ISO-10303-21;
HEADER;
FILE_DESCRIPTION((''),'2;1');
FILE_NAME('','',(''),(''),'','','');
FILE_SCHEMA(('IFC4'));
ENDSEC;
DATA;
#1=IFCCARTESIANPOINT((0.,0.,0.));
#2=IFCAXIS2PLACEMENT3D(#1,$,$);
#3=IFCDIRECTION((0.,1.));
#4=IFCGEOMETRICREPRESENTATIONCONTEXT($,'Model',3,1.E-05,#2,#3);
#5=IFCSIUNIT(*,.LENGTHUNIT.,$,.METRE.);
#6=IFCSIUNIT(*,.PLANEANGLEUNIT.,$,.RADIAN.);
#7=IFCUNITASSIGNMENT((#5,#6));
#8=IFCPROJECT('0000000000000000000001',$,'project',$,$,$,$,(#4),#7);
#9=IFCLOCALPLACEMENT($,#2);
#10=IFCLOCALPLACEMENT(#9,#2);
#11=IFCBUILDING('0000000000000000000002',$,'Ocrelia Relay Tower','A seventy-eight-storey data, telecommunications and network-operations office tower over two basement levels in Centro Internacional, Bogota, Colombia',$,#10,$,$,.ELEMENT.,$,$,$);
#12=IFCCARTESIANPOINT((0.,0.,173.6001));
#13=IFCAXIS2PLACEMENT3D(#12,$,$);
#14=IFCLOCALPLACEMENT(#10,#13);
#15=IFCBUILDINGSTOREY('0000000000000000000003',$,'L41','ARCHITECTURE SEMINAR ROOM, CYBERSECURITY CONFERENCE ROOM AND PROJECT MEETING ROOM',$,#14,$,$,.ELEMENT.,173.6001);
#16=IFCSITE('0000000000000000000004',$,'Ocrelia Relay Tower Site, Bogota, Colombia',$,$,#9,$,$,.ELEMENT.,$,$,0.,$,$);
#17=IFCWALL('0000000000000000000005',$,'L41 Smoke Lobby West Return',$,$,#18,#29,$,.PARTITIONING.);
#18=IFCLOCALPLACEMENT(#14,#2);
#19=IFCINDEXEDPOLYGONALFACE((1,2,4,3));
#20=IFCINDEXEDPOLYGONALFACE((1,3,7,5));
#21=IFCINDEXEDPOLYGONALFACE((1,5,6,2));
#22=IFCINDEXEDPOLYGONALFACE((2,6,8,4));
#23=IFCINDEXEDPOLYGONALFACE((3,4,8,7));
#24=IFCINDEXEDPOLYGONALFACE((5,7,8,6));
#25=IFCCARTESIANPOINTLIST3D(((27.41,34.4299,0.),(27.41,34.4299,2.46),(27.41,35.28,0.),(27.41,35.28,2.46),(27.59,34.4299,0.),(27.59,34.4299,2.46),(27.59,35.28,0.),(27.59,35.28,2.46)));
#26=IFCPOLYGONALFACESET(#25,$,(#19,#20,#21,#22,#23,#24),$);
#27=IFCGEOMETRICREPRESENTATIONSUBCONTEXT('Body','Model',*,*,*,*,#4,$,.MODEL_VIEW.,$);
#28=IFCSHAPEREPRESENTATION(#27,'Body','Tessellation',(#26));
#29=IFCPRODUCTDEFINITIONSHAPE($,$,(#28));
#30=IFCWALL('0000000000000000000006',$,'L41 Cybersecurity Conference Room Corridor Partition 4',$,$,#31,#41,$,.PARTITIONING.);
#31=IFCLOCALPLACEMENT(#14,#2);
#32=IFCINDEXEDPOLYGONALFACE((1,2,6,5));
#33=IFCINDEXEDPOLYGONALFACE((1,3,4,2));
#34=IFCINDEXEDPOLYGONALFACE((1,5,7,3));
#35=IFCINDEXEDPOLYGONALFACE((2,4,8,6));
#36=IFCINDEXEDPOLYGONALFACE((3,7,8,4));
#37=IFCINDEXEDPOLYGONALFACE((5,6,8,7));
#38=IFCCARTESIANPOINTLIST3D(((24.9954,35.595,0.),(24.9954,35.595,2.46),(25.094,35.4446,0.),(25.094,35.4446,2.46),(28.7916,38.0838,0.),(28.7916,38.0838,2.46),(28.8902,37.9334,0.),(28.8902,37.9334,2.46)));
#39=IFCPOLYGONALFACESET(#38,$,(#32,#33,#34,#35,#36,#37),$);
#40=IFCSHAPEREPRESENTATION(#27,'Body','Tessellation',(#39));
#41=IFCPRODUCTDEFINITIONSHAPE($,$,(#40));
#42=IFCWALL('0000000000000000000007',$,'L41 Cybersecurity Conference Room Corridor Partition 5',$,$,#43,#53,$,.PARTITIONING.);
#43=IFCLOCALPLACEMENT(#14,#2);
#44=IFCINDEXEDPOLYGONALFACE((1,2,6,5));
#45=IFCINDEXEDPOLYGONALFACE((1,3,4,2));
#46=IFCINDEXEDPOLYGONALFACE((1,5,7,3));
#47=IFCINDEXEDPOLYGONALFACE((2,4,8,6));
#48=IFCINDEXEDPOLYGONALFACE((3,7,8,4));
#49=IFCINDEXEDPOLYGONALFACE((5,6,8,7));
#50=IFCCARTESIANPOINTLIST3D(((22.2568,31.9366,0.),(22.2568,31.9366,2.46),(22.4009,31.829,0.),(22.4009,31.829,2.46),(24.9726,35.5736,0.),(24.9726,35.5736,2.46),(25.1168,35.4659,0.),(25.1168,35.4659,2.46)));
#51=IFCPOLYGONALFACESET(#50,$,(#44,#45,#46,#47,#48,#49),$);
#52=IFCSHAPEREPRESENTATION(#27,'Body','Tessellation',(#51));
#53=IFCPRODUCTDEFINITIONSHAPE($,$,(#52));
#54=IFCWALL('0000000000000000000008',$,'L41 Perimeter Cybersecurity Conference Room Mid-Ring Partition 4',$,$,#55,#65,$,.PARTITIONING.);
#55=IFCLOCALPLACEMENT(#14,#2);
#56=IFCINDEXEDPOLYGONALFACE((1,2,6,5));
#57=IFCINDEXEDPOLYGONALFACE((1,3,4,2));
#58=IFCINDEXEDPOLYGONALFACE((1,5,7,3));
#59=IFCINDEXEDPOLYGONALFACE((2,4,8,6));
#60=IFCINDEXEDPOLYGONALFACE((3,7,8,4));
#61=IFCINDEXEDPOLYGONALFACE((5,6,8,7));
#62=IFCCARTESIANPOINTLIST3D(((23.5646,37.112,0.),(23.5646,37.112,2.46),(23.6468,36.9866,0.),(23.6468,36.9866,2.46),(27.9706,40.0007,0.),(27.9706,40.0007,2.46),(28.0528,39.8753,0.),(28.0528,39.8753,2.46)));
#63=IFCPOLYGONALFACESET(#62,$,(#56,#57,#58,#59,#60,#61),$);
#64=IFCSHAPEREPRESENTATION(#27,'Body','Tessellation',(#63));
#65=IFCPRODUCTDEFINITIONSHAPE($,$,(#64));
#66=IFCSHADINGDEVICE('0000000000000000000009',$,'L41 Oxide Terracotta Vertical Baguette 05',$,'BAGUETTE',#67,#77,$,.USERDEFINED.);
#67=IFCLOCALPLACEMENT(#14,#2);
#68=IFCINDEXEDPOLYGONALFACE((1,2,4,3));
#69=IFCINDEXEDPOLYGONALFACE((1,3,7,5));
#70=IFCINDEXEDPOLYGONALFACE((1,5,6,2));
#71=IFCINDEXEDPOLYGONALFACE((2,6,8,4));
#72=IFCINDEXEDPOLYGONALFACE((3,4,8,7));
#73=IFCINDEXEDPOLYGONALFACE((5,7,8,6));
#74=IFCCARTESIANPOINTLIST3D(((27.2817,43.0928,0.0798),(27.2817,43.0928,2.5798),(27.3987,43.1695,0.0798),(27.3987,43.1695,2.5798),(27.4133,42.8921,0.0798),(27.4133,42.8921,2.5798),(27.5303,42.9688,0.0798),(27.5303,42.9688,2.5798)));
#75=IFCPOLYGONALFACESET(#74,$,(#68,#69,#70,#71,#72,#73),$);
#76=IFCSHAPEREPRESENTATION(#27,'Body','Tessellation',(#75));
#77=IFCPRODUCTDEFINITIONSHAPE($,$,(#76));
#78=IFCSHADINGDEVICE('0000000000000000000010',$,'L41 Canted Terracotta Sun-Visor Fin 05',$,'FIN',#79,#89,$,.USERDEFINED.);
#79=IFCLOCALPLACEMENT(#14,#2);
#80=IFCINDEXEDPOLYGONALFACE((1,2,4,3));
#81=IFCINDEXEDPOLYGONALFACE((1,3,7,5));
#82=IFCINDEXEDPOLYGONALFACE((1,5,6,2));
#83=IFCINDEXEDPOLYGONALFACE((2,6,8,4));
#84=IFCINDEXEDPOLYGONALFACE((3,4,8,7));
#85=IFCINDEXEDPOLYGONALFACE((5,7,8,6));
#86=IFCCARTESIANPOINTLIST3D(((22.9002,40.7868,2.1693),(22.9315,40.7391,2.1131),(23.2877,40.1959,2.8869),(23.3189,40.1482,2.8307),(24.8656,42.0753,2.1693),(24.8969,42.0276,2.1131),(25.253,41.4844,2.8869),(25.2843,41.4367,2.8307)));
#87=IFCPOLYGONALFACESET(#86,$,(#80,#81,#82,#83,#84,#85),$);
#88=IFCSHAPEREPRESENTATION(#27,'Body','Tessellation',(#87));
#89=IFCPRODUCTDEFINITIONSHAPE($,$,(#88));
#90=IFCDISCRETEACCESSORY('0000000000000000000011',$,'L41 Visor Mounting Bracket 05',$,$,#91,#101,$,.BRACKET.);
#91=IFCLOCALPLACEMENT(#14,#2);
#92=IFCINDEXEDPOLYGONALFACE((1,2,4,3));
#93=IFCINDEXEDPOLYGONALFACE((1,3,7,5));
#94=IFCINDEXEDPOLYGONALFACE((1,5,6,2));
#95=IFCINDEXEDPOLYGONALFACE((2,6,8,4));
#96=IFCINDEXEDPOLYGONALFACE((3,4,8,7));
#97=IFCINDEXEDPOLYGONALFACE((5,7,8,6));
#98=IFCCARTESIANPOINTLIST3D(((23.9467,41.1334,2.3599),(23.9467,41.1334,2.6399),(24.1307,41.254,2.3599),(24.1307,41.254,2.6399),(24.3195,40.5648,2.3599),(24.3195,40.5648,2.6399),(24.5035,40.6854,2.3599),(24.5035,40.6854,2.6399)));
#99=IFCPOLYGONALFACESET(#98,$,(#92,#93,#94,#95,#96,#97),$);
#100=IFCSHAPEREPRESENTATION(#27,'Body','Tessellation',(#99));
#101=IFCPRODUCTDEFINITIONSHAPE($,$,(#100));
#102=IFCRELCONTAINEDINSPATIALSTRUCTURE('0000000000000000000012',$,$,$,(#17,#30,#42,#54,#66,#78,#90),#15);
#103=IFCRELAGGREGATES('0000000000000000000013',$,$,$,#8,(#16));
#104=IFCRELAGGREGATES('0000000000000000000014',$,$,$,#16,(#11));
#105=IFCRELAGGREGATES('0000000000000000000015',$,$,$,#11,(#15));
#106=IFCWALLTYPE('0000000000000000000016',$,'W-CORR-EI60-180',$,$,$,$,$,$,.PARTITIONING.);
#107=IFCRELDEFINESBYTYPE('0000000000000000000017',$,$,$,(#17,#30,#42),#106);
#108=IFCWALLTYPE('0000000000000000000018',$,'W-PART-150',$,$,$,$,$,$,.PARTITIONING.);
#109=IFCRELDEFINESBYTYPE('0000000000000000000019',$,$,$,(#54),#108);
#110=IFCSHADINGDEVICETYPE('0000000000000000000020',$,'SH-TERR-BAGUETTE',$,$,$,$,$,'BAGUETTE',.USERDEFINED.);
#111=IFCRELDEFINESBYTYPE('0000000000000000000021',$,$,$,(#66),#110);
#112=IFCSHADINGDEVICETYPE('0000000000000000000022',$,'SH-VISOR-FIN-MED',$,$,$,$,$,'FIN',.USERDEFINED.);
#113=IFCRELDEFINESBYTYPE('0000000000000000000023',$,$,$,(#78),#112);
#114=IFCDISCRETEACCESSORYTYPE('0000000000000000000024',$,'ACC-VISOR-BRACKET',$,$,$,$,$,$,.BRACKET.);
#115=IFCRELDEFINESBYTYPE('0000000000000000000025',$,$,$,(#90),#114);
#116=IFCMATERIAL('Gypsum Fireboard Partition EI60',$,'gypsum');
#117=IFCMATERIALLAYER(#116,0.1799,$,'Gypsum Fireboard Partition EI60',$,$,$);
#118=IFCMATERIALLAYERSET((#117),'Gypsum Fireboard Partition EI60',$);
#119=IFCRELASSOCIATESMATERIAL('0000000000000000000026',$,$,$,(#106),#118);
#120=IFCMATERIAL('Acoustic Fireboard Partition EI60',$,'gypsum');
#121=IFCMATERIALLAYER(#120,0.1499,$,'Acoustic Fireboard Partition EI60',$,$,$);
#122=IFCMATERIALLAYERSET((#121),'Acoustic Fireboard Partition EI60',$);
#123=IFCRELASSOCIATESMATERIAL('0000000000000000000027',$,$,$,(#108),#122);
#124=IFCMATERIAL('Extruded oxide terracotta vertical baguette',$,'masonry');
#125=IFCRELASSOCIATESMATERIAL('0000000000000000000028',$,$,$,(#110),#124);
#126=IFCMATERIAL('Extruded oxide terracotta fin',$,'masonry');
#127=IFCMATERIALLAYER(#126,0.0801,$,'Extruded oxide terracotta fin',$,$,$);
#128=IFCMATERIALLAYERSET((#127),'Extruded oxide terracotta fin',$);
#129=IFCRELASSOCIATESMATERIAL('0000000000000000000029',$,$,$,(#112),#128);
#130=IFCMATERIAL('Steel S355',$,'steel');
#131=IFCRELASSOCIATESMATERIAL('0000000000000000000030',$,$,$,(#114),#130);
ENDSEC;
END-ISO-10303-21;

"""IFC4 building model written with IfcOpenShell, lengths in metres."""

from ifc_helpers import new_model, si_unit, direction, frame, frame_2d, origin, origin_2d, place, context, subcontext, project, spatial, rectangle, extrude, material, layer, layer_set, type_object, element, save


model = new_model("IFC4")

# Units and contexts
model_context = context("Model", 3, precision=1e-05, world=origin(), true_north=direction((0.0, 1.0)))
body_context = subcontext(model_context, "Body", "Model", "MODEL_VIEW")
ifc_project = project(units=[si_unit("LENGTHUNIT", "METRE"), si_unit("PLANEANGLEUNIT", "RADIAN")], contexts=[model_context])

# Site, building, storey
site_placement = place(None, origin())
site = spatial("IfcSite", under=ifc_project, at=site_placement, Name="Ocrelia Relay Tower Site, Bogota, Colombia", CompositionType="ELEMENT", RefElevation=0.0)
building_placement = place(site_placement, origin())
building = spatial("IfcBuilding", under=site, at=building_placement, Name="Ocrelia Relay Tower", Description="A seventy-eight-storey data, telecommunications and network-operations office tower over two basement levels in Centro Internacional, Bogota, Colombia", CompositionType="ELEMENT")
storey_placement = place(building_placement, frame((0.0, 0.0, 173.6001)))
storey = spatial("IfcBuildingStorey", under=building, at=storey_placement, Name="L41", Description="ARCHITECTURE SEMINAR ROOM, CYBERSECURITY CONFERENCE ROOM AND PROJECT MEETING ROOM", CompositionType="ELEMENT", Elevation=173.6001)

# Shared definitions
ifc_material_1 = material(Name="Steel S355", Category="steel")

# Wall
ifc_material_2 = material(Name="Gypsum Fireboard Partition EI60", Category="gypsum")
ifc_layer_1 = layer(ifc_material_2, 0.1799, Name="Gypsum Fireboard Partition EI60")
ifc_layer_set_1 = layer_set([ifc_layer_1], Name="Gypsum Fireboard Partition EI60")
wall_type_1 = type_object("IfcWallType", Name="W-CORR-EI60-180", PredefinedType="PARTITIONING", material=ifc_layer_set_1)
wall_1_placement = place(storey_placement, frame((27.5, 34.4299, 0.0), z_axis=(0.0, 0.0, 1.0), x_axis=(0.0, 1.0, 0.0)))
element("IfcWall", 1, at=wall_1_placement, inside=storey, type_object=wall_type_1, Name="L41 Smoke Lobby West Return", PredefinedType="PARTITIONING", context=body_context, shape_type="SweptSolid", body=[
    extrude(rectangle(XDim=0.8501, YDim=0.1799, at=frame_2d((0.425, 0.0))), origin(), (0.0, 0.0, 1.0), 2.46),
])

# Walls
wall_2_placement = place(storey_placement, frame((28.8408, 38.0085, 0.0), z_axis=(0.0, 0.0, 1.0), x_axis=(-0.836295, -0.548279, 0.0)))
element("IfcWall", 2, at=wall_2_placement, inside=storey, type_object=wall_type_1, Name="L41 Cybersecurity Conference Room Corridor Partition 4", PredefinedType="PARTITIONING", context=body_context, shape_type="SweptSolid", body=[
    extrude(rectangle(XDim=4.5393, YDim=0.1799, at=frame_2d((2.2695, 0.0))), origin(), (0.0, 0.0, 1.0), 2.46),
])
wall_3_placement = place(storey_placement, frame((25.0447, 35.5198, 0.0), z_axis=(0.0, 0.0, 1.0), x_axis=(-0.598321, -0.801257, 0.0)))
element("IfcWall", 3, at=wall_3_placement, inside=storey, type_object=wall_type_1, Name="L41 Cybersecurity Conference Room Corridor Partition 5", PredefinedType="PARTITIONING", context=body_context, shape_type="SweptSolid", body=[
    extrude(rectangle(XDim=4.5391, YDim=0.1799, at=frame_2d((2.2695, 0.0))), origin(), (0.0, 0.0, 1.0), 2.46),
])

# Wall
ifc_material_3 = material(Name="Acoustic Fireboard Partition EI60", Category="gypsum")
ifc_layer_2 = layer(ifc_material_3, 0.1499, Name="Acoustic Fireboard Partition EI60")
ifc_layer_set_2 = layer_set([ifc_layer_2], Name="Acoustic Fireboard Partition EI60")
wall_type_2 = type_object("IfcWallType", Name="W-PART-150", PredefinedType="PARTITIONING", material=ifc_layer_set_2)
wall_4_placement = place(storey_placement, frame((28.0117, 39.938, 0.0), z_axis=(0.0, 0.0, 1.0), x_axis=(-0.836289, -0.548289, 0.0)))
element("IfcWall", 4, at=wall_4_placement, inside=storey, type_object=wall_type_2, Name="L41 Perimeter Cybersecurity Conference Room Mid-Ring Partition 4", PredefinedType="PARTITIONING", context=body_context, shape_type="SweptSolid", body=[
    extrude(rectangle(XDim=5.2686, YDim=0.1499, at=frame_2d((2.6343, 0.0))), origin(), (0.0, 0.0, 1.0), 2.46),
])

# Shading devices
ifc_material_4 = material(Name="Extruded oxide terracotta vertical baguette", Category="masonry")
shading_device_type_1 = type_object("IfcShadingDeviceType", Name="SH-TERR-BAGUETTE", ElementType="BAGUETTE", PredefinedType="USERDEFINED", material=ifc_material_4)
shading_device_1_placement = place(storey_placement, frame((27.406, 43.0308, 0.0798), z_axis=(0.0, 0.0, 1.0), x_axis=(-0.836289, -0.548289, 0.0)))
element("IfcShadingDevice", 5, at=shading_device_1_placement, inside=storey, type_object=shading_device_type_1, Name="L41 Oxide Terracotta Vertical Baguette 05", ObjectType="BAGUETTE", PredefinedType="USERDEFINED", context=body_context, shape_type="SweptSolid", body=[
    extrude(rectangle(XDim=0.1399, YDim=0.24, at=origin_2d()), origin(), (0.0, 0.0, 1.0), 2.5),
])
ifc_material_5 = material(Name="Extruded oxide terracotta fin", Category="masonry")
ifc_layer_3 = layer(ifc_material_5, 0.0801, Name="Extruded oxide terracotta fin")
ifc_layer_set_3 = layer_set([ifc_layer_3], Name="Extruded oxide terracotta fin")
shading_device_type_2 = type_object("IfcShadingDeviceType", Name="SH-VISOR-FIN-MED", ElementType="FIN", PredefinedType="USERDEFINED", material=ifc_layer_set_3)
shading_device_2_placement = place(storey_placement, frame((24.1079, 41.0879, 2.4719), z_axis=(-0.390665, 0.595869, 0.701656), x_axis=(-0.836289, -0.548289, 0.0)))
element("IfcShadingDevice", 6, at=shading_device_2_placement, inside=storey, type_object=shading_device_type_2, Name="L41 Canted Terracotta Sun-Visor Fin 05", ObjectType="FIN", PredefinedType="USERDEFINED", context=body_context, shape_type="SweptSolid", body=[
    extrude(rectangle(XDim=2.3501, YDim=1.0071, at=origin_2d()), origin(), (0.0, 0.0, 1.0), 0.0801),
])

# Discrete accessory
discrete_accessory_type = type_object("IfcDiscreteAccessoryType", Name="ACC-VISOR-BRACKET", PredefinedType="BRACKET", material=ifc_material_1)
discrete_accessory_placement = place(storey_placement, frame((24.2251, 40.9094, 2.3599), z_axis=(0.0, 0.0, 1.0), x_axis=(-0.836289, -0.548289, 0.0)))
element("IfcDiscreteAccessory", 7, at=discrete_accessory_placement, inside=storey, type_object=discrete_accessory_type, Name="L41 Visor Mounting Bracket 05", PredefinedType="BRACKET", context=body_context, shape_type="SweptSolid", body=[
    extrude(rectangle(XDim=0.22, YDim=0.6799, at=origin_2d()), origin(), (0.0, 0.0, 1.0), 0.28),
])

save(model, "model.ifc")
